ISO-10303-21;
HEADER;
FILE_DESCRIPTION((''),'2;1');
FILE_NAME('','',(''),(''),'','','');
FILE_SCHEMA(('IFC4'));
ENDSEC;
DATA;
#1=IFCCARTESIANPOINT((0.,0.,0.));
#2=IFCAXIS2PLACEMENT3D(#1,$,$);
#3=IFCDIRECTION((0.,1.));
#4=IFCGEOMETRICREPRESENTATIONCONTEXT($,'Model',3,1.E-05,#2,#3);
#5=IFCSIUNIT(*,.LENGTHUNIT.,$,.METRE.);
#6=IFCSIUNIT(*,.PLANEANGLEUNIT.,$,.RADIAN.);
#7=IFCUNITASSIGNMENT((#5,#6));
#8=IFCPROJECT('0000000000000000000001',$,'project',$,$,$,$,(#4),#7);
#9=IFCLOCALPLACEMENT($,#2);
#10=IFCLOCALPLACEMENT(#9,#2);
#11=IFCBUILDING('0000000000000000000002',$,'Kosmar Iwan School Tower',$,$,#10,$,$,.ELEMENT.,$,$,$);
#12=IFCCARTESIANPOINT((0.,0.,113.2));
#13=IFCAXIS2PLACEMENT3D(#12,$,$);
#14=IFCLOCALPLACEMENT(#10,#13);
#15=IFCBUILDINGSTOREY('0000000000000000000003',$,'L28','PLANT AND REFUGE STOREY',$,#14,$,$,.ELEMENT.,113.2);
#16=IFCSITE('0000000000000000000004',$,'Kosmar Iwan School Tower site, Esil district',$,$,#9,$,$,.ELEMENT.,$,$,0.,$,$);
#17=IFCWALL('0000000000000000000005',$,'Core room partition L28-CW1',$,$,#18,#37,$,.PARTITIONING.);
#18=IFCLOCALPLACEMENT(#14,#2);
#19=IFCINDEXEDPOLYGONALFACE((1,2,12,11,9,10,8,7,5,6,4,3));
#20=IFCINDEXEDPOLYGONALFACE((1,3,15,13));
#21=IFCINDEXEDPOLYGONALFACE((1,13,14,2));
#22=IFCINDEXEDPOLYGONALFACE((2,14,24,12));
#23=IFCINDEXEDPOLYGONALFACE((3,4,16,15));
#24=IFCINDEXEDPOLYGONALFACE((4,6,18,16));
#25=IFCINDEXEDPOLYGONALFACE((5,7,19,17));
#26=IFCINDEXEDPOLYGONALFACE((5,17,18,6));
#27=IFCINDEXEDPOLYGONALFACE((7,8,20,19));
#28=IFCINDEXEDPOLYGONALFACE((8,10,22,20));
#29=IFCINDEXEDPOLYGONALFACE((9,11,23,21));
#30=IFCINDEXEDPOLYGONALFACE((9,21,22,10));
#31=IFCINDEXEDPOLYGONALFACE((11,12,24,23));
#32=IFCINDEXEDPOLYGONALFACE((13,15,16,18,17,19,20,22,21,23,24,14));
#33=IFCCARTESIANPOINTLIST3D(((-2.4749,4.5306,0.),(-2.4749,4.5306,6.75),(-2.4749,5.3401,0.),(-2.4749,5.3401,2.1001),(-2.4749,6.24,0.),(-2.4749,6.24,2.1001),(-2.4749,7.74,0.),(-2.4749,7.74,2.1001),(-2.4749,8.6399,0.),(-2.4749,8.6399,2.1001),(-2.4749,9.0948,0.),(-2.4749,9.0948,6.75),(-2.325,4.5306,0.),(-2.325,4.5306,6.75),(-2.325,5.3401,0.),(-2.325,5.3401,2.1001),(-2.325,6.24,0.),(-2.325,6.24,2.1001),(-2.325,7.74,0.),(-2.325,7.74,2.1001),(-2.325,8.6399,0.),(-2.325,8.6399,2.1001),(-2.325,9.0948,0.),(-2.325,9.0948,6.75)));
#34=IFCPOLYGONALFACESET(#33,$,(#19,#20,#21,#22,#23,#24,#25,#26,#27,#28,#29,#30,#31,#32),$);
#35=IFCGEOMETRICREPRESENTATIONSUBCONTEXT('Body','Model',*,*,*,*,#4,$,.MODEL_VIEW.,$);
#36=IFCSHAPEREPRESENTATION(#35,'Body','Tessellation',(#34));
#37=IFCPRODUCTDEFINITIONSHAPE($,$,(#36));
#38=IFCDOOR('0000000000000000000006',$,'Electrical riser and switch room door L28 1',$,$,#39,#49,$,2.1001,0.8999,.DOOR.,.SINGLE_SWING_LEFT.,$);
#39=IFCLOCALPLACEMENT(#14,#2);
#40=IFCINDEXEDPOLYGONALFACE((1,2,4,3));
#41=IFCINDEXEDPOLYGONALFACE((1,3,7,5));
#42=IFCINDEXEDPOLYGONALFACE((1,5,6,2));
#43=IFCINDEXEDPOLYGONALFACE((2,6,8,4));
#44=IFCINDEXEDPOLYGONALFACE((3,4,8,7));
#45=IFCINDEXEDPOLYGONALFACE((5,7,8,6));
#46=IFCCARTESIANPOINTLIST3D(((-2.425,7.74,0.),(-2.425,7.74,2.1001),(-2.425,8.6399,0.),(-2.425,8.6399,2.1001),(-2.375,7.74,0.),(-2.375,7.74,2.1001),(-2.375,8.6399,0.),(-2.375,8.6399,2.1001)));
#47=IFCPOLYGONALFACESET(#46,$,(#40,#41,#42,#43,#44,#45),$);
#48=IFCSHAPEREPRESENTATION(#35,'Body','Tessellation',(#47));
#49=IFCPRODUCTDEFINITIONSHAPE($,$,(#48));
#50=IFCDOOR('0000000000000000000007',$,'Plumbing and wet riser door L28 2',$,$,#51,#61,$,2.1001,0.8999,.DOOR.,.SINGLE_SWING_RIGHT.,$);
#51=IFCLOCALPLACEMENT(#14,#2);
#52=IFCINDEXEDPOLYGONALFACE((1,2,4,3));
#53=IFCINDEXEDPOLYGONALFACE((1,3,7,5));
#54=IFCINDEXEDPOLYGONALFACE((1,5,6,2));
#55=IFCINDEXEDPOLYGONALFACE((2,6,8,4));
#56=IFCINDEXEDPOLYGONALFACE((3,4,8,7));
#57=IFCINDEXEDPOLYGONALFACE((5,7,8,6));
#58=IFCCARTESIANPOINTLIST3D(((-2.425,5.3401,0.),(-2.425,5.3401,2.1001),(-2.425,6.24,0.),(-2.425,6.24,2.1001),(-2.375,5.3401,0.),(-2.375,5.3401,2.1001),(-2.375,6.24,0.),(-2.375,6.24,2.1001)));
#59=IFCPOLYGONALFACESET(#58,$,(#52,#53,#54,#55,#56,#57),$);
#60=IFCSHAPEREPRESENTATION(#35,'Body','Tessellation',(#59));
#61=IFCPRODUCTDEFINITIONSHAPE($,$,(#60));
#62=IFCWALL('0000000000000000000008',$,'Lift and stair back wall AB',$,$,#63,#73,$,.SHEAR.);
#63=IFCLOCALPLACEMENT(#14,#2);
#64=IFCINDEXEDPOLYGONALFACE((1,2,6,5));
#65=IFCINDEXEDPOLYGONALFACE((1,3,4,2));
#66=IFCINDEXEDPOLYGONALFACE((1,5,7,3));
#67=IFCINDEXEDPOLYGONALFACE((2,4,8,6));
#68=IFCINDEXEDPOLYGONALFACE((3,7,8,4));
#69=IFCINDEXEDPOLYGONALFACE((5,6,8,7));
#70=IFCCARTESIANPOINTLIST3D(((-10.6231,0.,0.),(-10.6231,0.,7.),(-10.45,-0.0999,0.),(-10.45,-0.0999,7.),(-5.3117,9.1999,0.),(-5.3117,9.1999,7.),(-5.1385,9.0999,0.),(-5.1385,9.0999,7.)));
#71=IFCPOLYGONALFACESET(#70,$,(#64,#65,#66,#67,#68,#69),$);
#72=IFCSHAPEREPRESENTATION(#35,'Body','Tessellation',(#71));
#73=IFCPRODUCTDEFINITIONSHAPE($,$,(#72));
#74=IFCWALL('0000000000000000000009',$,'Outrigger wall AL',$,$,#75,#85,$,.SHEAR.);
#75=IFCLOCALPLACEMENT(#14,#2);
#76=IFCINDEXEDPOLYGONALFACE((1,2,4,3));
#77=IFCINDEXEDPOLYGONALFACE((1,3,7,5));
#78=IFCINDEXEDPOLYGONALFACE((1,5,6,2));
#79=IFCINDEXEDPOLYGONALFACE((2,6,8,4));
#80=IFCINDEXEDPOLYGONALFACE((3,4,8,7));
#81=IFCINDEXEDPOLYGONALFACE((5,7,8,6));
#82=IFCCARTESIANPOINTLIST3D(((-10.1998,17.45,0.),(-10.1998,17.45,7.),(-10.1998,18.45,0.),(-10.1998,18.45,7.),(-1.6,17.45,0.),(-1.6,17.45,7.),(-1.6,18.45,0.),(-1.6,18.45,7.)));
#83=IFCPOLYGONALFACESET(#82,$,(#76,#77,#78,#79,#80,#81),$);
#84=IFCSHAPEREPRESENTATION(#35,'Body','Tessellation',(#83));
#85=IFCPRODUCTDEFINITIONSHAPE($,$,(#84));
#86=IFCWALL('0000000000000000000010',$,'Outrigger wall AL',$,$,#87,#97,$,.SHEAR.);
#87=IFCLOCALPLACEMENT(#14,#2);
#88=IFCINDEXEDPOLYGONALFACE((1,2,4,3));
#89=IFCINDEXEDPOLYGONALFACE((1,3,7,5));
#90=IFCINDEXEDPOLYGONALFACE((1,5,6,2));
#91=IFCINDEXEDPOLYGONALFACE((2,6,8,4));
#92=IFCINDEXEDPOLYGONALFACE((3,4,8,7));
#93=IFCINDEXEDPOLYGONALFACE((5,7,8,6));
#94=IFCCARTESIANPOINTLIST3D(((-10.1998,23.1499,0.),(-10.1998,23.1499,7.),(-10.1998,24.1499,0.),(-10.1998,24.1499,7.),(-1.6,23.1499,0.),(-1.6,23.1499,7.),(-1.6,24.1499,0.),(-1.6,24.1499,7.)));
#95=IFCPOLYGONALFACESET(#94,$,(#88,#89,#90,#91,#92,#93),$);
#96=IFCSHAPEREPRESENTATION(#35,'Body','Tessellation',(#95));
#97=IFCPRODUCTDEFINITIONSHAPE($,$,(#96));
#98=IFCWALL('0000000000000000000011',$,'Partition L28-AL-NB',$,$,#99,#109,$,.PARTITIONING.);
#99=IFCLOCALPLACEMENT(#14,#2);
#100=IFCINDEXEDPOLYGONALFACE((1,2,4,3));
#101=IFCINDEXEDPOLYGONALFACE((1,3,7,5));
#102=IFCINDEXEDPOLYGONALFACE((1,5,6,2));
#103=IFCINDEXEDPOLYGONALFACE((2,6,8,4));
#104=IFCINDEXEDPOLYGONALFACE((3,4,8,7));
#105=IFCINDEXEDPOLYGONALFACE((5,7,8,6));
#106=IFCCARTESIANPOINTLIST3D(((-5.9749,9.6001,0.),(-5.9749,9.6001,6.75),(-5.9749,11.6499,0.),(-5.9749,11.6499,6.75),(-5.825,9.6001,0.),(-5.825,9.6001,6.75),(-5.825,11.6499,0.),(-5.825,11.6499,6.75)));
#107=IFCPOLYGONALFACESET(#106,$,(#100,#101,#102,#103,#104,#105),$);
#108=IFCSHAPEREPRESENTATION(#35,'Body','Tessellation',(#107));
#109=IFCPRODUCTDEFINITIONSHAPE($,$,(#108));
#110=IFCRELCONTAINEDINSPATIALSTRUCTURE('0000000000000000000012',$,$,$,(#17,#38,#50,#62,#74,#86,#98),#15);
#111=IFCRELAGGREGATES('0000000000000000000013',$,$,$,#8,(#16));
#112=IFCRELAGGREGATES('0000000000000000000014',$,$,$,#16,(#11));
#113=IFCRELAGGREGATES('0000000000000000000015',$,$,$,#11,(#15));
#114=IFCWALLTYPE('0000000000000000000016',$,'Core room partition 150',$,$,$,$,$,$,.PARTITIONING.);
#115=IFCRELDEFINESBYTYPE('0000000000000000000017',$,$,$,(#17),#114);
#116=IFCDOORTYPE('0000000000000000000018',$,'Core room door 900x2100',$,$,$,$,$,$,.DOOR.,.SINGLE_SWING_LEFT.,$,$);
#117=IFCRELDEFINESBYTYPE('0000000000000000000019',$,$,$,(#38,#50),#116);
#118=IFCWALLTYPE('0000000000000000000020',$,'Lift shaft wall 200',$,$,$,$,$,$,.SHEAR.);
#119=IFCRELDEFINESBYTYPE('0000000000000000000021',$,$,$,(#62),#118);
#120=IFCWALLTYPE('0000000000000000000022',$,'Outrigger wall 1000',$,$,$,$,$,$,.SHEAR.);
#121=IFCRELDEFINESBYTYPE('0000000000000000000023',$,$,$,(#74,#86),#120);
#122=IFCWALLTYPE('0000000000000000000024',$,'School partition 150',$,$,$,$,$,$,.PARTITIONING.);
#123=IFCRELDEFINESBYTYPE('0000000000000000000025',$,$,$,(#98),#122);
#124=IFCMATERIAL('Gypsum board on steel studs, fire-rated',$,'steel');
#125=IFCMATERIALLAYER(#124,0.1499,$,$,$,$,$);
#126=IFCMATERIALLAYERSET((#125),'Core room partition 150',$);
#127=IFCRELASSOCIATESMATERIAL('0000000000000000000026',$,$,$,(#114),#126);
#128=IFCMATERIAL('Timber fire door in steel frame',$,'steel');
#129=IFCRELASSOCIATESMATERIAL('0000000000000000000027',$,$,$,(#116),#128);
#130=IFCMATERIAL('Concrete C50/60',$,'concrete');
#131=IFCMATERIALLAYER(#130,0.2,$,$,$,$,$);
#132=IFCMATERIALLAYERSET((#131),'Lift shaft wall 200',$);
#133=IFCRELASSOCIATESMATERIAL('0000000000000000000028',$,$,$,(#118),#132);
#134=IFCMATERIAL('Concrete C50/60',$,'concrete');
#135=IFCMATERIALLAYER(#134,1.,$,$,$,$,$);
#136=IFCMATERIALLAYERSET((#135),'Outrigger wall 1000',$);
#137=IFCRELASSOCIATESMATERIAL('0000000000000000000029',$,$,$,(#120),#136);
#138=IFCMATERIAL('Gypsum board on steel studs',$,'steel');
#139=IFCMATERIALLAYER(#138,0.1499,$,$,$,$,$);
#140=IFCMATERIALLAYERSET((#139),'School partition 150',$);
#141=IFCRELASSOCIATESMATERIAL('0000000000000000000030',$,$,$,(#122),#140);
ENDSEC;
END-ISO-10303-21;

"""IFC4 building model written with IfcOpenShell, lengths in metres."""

from ifc_helpers import new_model, si_unit, direction, frame, frame_2d, origin, place, context, subcontext, project, spatial, rectangle, extrude, material, layer, layer_set, type_object, element, fill, save


model = new_model("IFC4")

# Units and contexts
model_context = context("Model", 3, precision=1e-05, world=origin(), true_north=direction((0.0, 1.0)))
body_context = subcontext(model_context, "Body", "Model", "MODEL_VIEW")
ifc_project = project(units=[si_unit("LENGTHUNIT", "METRE"), si_unit("PLANEANGLEUNIT", "RADIAN")], contexts=[model_context])

# Site, building, storey
site_placement = place(None, origin())
site = spatial("IfcSite", under=ifc_project, at=site_placement, Name="Kosmar Iwan School Tower site, Esil district", CompositionType="ELEMENT", RefElevation=0.0)
building_placement = place(site_placement, origin())
building = spatial("IfcBuilding", under=site, at=building_placement, Name="Kosmar Iwan School Tower", CompositionType="ELEMENT")
storey_placement = place(building_placement, frame((0.0, 0.0, 113.2)))
storey = spatial("IfcBuildingStorey", under=building, at=storey_placement, Name="L28", Description="PLANT AND REFUGE STOREY", CompositionType="ELEMENT", Elevation=113.2)

# Wall, openings, doors
ifc_material_1 = material(Name="Gypsum board on steel studs, fire-rated", Category="steel")
ifc_layer_1 = layer(ifc_material_1, 0.1499)
ifc_layer_set_1 = layer_set([ifc_layer_1], Name="Core room partition 150")
wall_type_1 = type_object("IfcWallType", Name="Core room partition 150", PredefinedType="PARTITIONING", material=ifc_layer_set_1)
wall_1_placement = place(storey_placement, frame((-2.3999, 9.095, 0.0), z_axis=(0.0, 0.0, 1.0), x_axis=(0.0, -1.0, 0.0)))
wall_1 = element("IfcWall", 1, at=wall_1_placement, inside=storey, type_object=wall_type_1, Name="Core room partition L28-CW1", PredefinedType="PARTITIONING", context=body_context, shape_type="SweptSolid", body=[
    extrude(rectangle(XDim=4.5642, YDim=0.1499, at=frame_2d((2.2822, 0.0))), origin(), (0.0, 0.0, 1.0), 6.75),
])
opening_1_placement = place(wall_1_placement, frame((0.4551, 0.0, 0.0)))
opening_1 = element("IfcOpeningElement", 2, at=opening_1_placement, cuts=wall_1, PredefinedType="OPENING", context=body_context, shape_type="SweptSolid", body=[
    extrude(rectangle(XDim=0.8999, YDim=2.1001, at=frame_2d((0.45, 1.05))), frame((0.0, 0.0869, 0.0), z_axis=(0.0, -1.0, 0.0), x_axis=(1.0, 0.0, 0.0)), (0.0, 0.0, 1.0), 0.1738),
])
opening_2_placement = place(wall_1_placement, frame((2.855, 0.0, 0.0)))
opening_2 = element("IfcOpeningElement", 3, at=opening_2_placement, cuts=wall_1, PredefinedType="OPENING", context=body_context, shape_type="SweptSolid", body=[
    extrude(rectangle(XDim=0.8999, YDim=2.1001, at=frame_2d((0.45, 1.05))), frame((0.0, 0.0869, 0.0), z_axis=(0.0, -1.0, 0.0), x_axis=(1.0, 0.0, 0.0)), (0.0, 0.0, 1.0), 0.1738),
])
ifc_material_2 = material(Name="Timber fire door in steel frame", Category="steel")
door_type_1 = type_object("IfcDoorType", Name="Core room door 900x2100", OperationType="SINGLE_SWING_LEFT", PredefinedType="DOOR", material=ifc_material_2)
door_1_placement = place(opening_1_placement, origin())
door_1 = element("IfcDoor", 4, at=door_1_placement, inside=storey, type_object=door_type_1, Name="Electrical riser and switch room door L28 1", OperationType="SINGLE_SWING_LEFT", OverallHeight=2.1001, OverallWidth=0.8999, PredefinedType="DOOR", context=body_context, shape_type="SweptSolid", body=[
    extrude(rectangle(XDim=0.8999, YDim=2.1001, at=frame_2d((0.45, 1.05))), frame((0.0, 0.0249, 0.0), z_axis=(0.0, -1.0, 0.0), x_axis=(1.0, 0.0, 0.0)), (0.0, 0.0, 1.0), 0.05),
])
fill(opening_1, door_1)
door_2_placement = place(opening_2_placement, origin())
door_2 = element("IfcDoor", 5, at=door_2_placement, inside=storey, type_object=door_type_1, Name="Plumbing and wet riser door L28 2", OperationType="SINGLE_SWING_RIGHT", OverallHeight=2.1001, OverallWidth=0.8999, PredefinedType="DOOR", context=body_context, shape_type="SweptSolid", body=[
    extrude(rectangle(XDim=0.8999, YDim=2.1001, at=frame_2d((0.45, 1.05))), frame((0.0, 0.0249, 0.0), z_axis=(0.0, -1.0, 0.0), x_axis=(1.0, 0.0, 0.0)), (0.0, 0.0, 1.0), 0.05),
])
fill(opening_2, door_2)

# Walls
ifc_material_3 = material(Name="Concrete C50/60", Category="concrete")
ifc_layer_2 = layer(ifc_material_3, 0.2)
ifc_layer_set_2 = layer_set([ifc_layer_2], Name="Lift shaft wall 200")
wall_type_2 = type_object("IfcWallType", Name="Lift shaft wall 200", PredefinedType="SHEAR", material=ifc_layer_set_2)
wall_2_placement = place(storey_placement, frame((-5.2251, 9.1499, 0.0), z_axis=(0.0, 0.0, 1.0), x_axis=(-0.499995, -0.866028, 0.0)))
element("IfcWall", 6, at=wall_2_placement, inside=storey, type_object=wall_type_2, Name="Lift and stair back wall AB", PredefinedType="SHEAR", context=body_context, shape_type="SweptSolid", body=[
    extrude(rectangle(XDim=10.623, YDim=0.2, at=frame_2d((5.3115, 0.0))), origin(), (0.0, 0.0, 1.0), 7.0),
])
ifc_material_4 = material(Name="Concrete C50/60", Category="concrete")
ifc_layer_3 = layer(ifc_material_4, 1.0)
ifc_layer_set_3 = layer_set([ifc_layer_3], Name="Outrigger wall 1000")
wall_type_3 = type_object("IfcWallType", Name="Outrigger wall 1000", PredefinedType="SHEAR", material=ifc_layer_set_3)
for number, where, z_axis, x_axis, name in (
    (7, (-1.6001, 17.95, 0.0), (0.0, 0.0, 1.0), (-1.0, 0.0, 0.0), "Outrigger wall AL"),
    (8, (-1.6001, 23.6499, 0.0), (0.0, 0.0, 1.0), (-1.0, 0.0, 0.0), "Outrigger wall AL"),
):
    element("IfcWall", number, at=place(storey_placement, frame(where, z_axis=z_axis, x_axis=x_axis)), inside=storey, type_object=wall_type_3, Name=name, PredefinedType="SHEAR", context=body_context, shape_type="SweptSolid", body=[
        extrude(rectangle(XDim=8.5999, YDim=1.0, at=frame_2d((4.2998, 0.0))), origin(), (0.0, 0.0, 1.0), 7.0),
    ])
ifc_material_5 = material(Name="Gypsum board on steel studs", Category="steel")
ifc_layer_4 = layer(ifc_material_5, 0.1499)
ifc_layer_set_4 = layer_set([ifc_layer_4], Name="School partition 150")
wall_type_4 = type_object("IfcWallType", Name="School partition 150", PredefinedType="PARTITIONING", material=ifc_layer_set_4)
wall_3_placement = place(storey_placement, frame((-5.8999, 9.6001, 0.0), z_axis=(0.0, 0.0, 1.0), x_axis=(0.0, 1.0, 0.0)))
element("IfcWall", 9, at=wall_3_placement, inside=storey, type_object=wall_type_4, Name="Partition L28-AL-NB", PredefinedType="PARTITIONING", context=body_context, shape_type="SweptSolid", body=[
    extrude(rectangle(XDim=2.0498, YDim=0.1499, at=frame_2d((1.0249, 0.0))), origin(), (0.0, 0.0, 1.0), 6.75),
])

save(model, "model.ifc")
